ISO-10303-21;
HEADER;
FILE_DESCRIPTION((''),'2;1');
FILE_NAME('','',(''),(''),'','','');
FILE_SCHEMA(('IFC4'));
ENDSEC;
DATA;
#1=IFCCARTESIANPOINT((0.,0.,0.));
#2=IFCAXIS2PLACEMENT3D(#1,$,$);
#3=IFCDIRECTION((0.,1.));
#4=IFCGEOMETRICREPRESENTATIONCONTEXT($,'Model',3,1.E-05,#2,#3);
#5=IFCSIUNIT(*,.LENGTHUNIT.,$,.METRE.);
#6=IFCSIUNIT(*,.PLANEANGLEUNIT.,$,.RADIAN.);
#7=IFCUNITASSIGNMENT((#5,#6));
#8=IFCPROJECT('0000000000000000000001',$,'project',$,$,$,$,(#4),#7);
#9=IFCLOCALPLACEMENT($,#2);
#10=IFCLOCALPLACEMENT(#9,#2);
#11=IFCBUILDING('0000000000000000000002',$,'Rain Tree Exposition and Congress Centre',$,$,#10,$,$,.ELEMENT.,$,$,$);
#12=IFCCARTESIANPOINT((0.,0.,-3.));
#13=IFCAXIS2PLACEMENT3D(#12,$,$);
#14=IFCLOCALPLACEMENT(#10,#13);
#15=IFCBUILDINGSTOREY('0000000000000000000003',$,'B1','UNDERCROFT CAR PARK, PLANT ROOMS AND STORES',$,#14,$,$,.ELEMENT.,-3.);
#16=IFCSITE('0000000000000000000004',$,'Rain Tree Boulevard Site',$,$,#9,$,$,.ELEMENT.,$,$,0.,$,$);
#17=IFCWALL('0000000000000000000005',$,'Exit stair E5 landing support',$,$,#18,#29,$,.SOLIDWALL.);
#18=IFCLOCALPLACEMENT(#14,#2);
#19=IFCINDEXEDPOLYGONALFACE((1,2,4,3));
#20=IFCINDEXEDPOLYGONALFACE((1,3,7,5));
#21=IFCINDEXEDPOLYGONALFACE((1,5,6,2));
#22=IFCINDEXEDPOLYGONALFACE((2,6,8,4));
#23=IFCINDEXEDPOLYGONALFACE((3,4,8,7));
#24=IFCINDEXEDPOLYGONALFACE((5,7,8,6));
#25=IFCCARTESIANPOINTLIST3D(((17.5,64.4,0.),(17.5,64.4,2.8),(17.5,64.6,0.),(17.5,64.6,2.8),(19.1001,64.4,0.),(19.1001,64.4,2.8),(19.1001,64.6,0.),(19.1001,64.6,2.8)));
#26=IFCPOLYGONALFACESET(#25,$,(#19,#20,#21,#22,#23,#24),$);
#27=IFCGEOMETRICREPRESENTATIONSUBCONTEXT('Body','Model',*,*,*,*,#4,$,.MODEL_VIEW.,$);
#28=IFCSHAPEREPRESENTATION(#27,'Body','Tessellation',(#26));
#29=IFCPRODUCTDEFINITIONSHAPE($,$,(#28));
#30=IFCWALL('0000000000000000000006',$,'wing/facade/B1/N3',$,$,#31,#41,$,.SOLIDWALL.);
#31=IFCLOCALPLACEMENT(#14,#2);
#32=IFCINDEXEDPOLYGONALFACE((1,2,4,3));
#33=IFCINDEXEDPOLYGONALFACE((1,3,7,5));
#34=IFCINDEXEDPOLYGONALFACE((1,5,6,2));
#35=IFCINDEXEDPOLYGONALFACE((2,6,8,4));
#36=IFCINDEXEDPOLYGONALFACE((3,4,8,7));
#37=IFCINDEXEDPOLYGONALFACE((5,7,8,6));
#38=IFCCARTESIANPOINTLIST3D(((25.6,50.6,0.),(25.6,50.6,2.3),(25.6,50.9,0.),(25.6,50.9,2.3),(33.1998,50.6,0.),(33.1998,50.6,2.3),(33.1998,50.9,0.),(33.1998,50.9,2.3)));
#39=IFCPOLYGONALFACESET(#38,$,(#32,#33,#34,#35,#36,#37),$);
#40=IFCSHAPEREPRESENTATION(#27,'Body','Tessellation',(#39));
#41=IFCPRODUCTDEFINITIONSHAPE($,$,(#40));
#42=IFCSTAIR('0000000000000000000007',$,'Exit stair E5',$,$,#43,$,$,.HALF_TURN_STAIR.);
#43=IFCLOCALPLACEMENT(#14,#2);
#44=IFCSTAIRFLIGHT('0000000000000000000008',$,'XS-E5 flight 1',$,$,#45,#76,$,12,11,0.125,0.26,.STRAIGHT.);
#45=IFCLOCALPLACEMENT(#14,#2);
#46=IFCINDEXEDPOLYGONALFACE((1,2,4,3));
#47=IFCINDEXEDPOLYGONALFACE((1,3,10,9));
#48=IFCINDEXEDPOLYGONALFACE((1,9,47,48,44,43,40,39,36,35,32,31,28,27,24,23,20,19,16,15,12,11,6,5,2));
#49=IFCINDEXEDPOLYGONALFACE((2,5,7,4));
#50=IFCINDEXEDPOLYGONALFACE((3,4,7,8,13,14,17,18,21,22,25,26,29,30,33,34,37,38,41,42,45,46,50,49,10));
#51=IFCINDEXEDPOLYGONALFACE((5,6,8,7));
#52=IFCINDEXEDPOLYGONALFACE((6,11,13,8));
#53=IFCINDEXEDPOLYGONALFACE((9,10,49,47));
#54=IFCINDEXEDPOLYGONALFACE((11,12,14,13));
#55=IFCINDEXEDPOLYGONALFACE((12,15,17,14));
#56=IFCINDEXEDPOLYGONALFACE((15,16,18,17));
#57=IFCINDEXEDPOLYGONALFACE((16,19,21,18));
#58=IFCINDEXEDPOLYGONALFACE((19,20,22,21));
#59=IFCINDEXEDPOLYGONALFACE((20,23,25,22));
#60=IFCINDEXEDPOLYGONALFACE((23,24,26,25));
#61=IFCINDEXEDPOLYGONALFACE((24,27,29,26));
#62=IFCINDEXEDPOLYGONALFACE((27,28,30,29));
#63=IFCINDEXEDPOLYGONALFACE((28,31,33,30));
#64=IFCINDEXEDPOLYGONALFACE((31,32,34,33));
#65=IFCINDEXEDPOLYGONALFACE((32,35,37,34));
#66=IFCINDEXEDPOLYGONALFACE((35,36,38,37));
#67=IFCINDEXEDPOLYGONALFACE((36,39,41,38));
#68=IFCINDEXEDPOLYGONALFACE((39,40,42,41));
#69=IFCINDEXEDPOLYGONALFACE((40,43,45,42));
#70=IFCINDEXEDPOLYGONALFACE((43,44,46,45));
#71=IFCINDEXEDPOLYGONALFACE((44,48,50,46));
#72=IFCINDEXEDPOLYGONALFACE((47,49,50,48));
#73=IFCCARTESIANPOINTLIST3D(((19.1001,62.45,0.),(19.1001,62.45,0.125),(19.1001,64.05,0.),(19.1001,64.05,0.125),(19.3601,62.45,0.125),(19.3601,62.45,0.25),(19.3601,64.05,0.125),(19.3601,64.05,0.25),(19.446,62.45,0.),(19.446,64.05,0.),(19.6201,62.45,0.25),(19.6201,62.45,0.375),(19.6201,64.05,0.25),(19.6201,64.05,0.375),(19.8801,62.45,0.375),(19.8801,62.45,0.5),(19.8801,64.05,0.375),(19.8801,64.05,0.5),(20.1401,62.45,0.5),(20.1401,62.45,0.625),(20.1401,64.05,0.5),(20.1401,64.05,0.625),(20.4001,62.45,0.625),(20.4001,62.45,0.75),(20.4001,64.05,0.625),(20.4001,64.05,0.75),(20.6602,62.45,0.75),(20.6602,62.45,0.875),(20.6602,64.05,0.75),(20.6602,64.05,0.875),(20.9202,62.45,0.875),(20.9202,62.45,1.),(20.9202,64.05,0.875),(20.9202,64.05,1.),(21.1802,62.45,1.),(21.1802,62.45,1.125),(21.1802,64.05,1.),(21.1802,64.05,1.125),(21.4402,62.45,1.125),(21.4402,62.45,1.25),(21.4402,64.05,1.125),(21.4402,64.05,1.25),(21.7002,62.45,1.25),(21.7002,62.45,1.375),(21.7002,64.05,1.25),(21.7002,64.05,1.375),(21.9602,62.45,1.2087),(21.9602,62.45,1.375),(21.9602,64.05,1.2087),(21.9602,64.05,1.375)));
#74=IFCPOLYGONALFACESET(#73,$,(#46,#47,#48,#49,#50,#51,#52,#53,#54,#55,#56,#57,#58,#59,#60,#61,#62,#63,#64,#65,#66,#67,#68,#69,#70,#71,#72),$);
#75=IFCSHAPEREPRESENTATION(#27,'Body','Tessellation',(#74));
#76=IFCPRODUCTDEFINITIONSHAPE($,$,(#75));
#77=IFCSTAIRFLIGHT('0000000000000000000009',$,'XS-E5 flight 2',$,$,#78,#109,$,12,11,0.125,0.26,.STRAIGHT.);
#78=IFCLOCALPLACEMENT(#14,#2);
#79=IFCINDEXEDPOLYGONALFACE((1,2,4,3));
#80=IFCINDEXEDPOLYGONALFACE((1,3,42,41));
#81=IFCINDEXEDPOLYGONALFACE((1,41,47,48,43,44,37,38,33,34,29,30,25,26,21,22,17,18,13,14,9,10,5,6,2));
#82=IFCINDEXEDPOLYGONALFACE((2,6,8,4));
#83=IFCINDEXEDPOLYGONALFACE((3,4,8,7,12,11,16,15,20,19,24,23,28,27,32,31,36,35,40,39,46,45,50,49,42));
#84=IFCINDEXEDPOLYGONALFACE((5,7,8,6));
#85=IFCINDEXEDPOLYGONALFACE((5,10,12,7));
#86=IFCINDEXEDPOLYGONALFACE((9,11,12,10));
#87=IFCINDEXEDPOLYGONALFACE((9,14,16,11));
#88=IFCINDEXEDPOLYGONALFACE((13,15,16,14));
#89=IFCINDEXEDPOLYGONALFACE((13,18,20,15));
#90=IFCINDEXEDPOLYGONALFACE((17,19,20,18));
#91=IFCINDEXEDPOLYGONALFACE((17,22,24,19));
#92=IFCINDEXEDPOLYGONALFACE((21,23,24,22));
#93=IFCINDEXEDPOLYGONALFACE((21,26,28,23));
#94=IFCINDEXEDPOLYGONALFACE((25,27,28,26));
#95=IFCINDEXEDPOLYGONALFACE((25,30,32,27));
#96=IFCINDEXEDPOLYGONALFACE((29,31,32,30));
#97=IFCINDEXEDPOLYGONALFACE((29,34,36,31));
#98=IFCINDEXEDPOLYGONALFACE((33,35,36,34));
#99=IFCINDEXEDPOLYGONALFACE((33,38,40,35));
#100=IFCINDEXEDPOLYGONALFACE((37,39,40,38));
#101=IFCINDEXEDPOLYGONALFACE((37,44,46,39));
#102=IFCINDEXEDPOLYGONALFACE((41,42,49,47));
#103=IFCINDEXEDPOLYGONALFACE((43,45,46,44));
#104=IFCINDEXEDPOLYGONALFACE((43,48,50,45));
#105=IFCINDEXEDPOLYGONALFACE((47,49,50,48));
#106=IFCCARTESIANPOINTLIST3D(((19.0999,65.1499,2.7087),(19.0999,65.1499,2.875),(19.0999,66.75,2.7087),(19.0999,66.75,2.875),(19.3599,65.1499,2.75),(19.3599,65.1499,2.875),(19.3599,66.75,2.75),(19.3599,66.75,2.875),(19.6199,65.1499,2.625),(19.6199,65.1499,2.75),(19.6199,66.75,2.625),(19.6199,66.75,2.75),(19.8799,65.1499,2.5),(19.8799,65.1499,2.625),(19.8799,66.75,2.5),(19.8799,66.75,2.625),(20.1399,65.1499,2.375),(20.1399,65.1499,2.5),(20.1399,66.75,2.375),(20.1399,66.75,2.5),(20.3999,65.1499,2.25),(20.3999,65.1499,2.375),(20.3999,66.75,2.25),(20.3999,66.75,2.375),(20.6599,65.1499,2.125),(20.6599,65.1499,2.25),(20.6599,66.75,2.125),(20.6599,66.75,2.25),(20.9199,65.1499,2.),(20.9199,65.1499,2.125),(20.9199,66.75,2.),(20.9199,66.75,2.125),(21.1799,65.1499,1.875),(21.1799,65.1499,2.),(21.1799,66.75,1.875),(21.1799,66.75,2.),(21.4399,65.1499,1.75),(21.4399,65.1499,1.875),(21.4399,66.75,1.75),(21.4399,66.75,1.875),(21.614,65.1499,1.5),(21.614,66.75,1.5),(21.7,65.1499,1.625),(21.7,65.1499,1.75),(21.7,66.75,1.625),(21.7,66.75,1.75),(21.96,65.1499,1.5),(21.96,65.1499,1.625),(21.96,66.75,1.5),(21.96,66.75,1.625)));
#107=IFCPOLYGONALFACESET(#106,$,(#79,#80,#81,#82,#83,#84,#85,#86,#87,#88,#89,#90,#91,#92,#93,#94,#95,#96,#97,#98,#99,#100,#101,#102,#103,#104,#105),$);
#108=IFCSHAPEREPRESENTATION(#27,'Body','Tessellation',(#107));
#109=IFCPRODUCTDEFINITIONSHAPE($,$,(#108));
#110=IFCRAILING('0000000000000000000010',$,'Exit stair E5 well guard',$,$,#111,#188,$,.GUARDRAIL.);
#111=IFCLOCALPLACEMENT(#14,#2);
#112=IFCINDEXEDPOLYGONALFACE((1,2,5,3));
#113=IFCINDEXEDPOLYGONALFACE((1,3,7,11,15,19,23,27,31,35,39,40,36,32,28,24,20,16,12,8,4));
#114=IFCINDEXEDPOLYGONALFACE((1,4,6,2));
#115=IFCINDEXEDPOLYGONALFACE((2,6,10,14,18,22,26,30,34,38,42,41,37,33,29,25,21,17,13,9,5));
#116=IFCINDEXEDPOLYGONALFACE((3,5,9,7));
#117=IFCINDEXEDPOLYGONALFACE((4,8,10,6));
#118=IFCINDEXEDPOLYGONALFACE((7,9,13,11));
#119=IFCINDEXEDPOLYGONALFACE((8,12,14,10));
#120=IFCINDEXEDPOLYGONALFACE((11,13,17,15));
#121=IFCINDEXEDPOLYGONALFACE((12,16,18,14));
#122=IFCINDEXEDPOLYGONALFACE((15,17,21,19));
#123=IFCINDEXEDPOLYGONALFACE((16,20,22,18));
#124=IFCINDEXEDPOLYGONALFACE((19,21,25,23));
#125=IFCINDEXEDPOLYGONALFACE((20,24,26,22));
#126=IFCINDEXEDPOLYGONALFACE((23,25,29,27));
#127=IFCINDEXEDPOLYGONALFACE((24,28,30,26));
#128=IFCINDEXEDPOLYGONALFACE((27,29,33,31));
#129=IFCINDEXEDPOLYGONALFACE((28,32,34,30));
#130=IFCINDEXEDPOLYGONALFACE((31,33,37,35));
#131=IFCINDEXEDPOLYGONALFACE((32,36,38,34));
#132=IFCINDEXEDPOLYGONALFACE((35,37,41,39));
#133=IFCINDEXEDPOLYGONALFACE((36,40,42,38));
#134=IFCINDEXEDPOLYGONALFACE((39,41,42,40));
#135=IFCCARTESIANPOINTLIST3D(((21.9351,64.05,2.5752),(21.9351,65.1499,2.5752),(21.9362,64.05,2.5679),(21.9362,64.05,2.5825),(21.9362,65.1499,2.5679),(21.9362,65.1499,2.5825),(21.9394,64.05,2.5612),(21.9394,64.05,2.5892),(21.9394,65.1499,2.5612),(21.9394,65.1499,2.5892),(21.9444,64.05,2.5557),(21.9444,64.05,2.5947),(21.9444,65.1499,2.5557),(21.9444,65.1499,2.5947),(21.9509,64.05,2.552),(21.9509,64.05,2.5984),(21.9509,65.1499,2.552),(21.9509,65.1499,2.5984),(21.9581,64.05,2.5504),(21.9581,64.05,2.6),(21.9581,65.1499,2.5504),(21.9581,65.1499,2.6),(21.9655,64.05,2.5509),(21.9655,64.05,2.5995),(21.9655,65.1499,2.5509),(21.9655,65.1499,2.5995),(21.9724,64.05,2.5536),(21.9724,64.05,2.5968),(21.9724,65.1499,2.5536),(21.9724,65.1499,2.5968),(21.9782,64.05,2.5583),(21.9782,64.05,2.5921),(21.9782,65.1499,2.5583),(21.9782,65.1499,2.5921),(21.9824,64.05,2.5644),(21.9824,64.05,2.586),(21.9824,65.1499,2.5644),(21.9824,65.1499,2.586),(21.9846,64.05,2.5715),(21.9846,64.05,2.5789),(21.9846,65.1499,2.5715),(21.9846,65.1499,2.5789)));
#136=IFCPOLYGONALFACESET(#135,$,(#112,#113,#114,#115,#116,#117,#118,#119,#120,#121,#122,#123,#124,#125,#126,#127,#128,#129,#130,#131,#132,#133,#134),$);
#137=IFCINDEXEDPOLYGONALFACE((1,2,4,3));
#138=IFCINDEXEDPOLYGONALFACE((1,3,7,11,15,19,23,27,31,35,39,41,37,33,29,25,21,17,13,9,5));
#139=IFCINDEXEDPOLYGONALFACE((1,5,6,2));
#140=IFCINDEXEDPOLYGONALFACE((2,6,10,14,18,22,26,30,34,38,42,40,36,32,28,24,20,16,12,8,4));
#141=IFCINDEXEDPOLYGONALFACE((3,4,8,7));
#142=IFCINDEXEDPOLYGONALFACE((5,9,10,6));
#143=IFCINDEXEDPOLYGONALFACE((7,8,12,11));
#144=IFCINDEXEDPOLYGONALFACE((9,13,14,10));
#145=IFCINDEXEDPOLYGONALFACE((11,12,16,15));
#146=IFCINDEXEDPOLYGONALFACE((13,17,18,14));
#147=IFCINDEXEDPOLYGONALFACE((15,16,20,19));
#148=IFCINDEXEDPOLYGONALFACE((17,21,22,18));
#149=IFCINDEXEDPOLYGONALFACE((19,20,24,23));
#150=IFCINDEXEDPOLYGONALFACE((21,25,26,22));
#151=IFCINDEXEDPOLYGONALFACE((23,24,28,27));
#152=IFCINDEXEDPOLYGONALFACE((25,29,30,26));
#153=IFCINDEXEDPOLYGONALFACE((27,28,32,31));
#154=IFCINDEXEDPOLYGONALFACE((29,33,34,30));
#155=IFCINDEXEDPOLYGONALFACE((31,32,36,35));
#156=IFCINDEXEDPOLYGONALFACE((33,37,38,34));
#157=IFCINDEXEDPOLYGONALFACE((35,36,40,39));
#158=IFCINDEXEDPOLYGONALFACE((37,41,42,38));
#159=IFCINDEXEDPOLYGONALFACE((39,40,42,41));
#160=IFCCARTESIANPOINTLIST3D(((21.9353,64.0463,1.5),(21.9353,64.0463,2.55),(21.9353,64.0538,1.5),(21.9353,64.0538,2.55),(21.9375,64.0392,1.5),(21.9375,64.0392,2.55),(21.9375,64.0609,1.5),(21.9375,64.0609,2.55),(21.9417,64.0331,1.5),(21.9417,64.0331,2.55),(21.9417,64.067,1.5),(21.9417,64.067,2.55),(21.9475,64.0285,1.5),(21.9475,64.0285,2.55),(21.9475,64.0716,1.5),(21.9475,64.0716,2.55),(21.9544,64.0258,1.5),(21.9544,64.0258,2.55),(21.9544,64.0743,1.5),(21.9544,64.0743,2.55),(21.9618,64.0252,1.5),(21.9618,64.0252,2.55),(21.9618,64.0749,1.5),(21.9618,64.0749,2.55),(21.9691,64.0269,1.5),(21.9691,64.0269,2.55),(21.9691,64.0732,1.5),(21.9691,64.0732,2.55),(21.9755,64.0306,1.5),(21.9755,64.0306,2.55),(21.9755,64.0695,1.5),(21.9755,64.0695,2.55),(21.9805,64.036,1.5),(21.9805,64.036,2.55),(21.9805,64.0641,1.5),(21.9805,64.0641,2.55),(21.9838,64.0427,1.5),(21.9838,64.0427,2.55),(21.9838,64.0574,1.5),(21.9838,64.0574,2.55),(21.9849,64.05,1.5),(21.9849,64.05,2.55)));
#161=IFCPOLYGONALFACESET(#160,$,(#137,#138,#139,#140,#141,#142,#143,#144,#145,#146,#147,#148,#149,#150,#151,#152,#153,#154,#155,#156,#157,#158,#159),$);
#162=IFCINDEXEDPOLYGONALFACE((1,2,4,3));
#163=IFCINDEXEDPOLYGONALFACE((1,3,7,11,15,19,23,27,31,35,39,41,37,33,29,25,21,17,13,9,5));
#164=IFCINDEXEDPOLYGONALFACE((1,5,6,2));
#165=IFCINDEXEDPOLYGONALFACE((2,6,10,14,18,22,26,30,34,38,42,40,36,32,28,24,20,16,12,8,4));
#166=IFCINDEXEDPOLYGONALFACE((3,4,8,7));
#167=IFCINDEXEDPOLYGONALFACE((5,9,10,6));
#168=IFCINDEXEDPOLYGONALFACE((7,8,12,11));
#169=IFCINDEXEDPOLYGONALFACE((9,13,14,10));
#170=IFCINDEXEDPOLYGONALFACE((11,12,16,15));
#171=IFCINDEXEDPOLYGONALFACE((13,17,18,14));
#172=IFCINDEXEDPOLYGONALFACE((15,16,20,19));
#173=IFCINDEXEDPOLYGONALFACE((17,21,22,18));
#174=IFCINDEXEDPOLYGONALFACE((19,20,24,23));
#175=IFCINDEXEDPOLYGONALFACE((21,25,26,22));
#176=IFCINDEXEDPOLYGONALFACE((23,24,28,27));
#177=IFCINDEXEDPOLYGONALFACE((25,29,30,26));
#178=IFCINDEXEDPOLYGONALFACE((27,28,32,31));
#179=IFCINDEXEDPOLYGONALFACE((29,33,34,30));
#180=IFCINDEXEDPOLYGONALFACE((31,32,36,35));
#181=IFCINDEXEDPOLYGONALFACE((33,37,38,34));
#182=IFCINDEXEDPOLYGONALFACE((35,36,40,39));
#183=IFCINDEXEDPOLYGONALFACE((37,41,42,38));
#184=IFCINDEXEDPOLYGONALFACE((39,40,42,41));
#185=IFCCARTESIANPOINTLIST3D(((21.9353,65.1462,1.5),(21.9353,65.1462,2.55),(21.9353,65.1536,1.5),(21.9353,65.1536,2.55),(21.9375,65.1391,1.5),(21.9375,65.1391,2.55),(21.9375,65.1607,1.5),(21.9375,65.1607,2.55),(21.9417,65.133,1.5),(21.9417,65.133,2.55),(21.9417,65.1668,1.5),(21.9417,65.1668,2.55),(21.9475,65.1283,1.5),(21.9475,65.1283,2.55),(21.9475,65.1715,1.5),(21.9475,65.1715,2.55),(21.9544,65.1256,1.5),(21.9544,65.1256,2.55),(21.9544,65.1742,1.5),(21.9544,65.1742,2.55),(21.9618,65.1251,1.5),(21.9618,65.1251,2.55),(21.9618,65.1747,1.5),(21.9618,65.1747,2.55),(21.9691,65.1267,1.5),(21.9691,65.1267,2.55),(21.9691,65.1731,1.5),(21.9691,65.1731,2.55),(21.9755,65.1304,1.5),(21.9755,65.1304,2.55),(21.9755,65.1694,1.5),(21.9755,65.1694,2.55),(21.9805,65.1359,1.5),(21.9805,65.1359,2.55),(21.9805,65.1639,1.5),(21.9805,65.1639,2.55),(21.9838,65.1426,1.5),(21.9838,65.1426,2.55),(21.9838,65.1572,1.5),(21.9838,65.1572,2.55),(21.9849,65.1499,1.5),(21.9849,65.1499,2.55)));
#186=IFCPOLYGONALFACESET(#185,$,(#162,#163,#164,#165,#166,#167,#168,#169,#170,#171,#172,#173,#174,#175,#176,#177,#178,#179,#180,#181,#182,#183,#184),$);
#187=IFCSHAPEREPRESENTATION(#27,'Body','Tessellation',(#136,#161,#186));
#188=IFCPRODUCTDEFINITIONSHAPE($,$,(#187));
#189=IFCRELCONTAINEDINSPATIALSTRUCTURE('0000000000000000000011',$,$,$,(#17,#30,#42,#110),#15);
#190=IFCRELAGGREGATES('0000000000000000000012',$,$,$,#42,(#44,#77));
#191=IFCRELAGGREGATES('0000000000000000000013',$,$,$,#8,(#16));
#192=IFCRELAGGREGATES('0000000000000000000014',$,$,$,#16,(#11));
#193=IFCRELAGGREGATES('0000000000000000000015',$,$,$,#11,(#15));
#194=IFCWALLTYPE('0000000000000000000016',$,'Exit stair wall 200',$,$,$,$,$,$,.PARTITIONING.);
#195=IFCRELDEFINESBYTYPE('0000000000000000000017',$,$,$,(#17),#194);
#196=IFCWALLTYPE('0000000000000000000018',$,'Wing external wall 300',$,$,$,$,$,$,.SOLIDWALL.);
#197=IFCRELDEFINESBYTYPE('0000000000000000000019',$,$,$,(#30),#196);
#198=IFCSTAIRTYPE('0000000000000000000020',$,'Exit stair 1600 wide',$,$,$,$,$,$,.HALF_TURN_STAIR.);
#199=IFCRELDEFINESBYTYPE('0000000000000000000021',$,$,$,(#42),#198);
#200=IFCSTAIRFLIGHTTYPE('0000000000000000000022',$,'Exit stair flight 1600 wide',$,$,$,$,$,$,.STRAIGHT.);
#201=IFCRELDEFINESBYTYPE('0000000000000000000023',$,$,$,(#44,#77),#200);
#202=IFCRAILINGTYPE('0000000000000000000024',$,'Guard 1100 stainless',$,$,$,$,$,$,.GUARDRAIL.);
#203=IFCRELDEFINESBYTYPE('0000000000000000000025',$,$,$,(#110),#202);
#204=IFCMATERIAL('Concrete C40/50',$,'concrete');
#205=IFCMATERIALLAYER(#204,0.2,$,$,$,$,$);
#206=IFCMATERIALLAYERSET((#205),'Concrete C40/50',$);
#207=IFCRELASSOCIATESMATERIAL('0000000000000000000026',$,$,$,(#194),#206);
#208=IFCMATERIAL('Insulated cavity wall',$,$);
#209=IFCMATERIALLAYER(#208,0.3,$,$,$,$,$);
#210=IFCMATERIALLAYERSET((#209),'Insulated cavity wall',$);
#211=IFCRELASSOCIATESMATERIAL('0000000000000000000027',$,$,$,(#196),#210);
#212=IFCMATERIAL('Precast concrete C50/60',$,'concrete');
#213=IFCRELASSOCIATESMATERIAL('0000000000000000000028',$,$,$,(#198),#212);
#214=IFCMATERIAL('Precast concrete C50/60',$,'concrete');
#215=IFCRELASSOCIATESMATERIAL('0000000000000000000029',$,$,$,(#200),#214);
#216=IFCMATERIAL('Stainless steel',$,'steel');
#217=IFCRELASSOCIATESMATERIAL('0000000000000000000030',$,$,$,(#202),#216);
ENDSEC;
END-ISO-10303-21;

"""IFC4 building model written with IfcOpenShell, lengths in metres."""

from ifc_helpers import new_model, si_unit, direction, frame, frame_2d, origin, origin_2d, place, context, subcontext, project, spatial, polyline, rectangle, circle, outline, extrude, material, layer, layer_set, type_object, element, aggregate, save


model = new_model("IFC4")

# Units and contexts
model_context = context("Model", 3, precision=1e-05, world=origin(), true_north=direction((0.0, 1.0)))
body_context = subcontext(model_context, "Body", "Model", "MODEL_VIEW")
ifc_project = project(units=[si_unit("LENGTHUNIT", "METRE"), si_unit("PLANEANGLEUNIT", "RADIAN")], contexts=[model_context])

# Site, building, storey
site_placement = place(None, origin())
site = spatial("IfcSite", under=ifc_project, at=site_placement, Name="Rain Tree Boulevard Site", CompositionType="ELEMENT", RefElevation=0.0)
building_placement = place(site_placement, origin())
building = spatial("IfcBuilding", under=site, at=building_placement, Name="Rain Tree Exposition and Congress Centre", CompositionType="ELEMENT")
storey_placement = place(building_placement, frame((0.0, 0.0, -3.0)))
storey = spatial("IfcBuildingStorey", under=building, at=storey_placement, Name="B1", Description="UNDERCROFT CAR PARK, PLANT ROOMS AND STORES", CompositionType="ELEMENT", Elevation=-3.0)

# Shared definitions
ifc_material_1 = material(Name="Concrete C40/50", Category="concrete")
ifc_layer_1 = layer(ifc_material_1, 0.2)
ifc_layer_set_1 = layer_set([ifc_layer_1], Name="Concrete C40/50")
wall_type_1 = type_object("IfcWallType", Name="Exit stair wall 200", PredefinedType="PARTITIONING", material=ifc_layer_set_1)

# Walls
wall_1_placement = place(storey_placement, frame((17.5, 64.5, 0.0), z_axis=(0.0, 0.0, 1.0), x_axis=(1.0, 0.0, 0.0)))
element("IfcWall", 1, at=wall_1_placement, inside=storey, type_object=wall_type_1, Name="Exit stair E5 landing support", PredefinedType="SOLIDWALL", context=body_context, shape_type="SweptSolid", body=[
    extrude(rectangle(XDim=1.6001, YDim=0.2, at=frame_2d((0.8, 0.0))), origin(), (0.0, 0.0, 1.0), 2.8),
])
ifc_material_2 = material(Name="Insulated cavity wall")
ifc_layer_2 = layer(ifc_material_2, 0.3)
ifc_layer_set_2 = layer_set([ifc_layer_2], Name="Insulated cavity wall")
wall_type_2 = type_object("IfcWallType", Name="Wing external wall 300", PredefinedType="SOLIDWALL", material=ifc_layer_set_2)
wall_2_placement = place(storey_placement, frame((25.6001, 50.75, 0.0), z_axis=(0.0, 0.0, 1.0), x_axis=(1.0, 0.0, 0.0)))
element("IfcWall", 2, at=wall_2_placement, inside=storey, type_object=wall_type_2, Name="wing/facade/B1/N3", PredefinedType="SOLIDWALL", context=body_context, shape_type="SweptSolid", body=[
    extrude(rectangle(XDim=7.5999, YDim=0.3, at=frame_2d((3.7998, 0.0))), origin(), (0.0, 0.0, 1.0), 2.3),
])

# Stair, stair flights
ifc_material_3 = material(Name="Precast concrete C50/60", Category="concrete")
stair_type = type_object("IfcStairType", Name="Exit stair 1600 wide", PredefinedType="HALF_TURN_STAIR", material=ifc_material_3)
stair_placement = place(storey_placement, origin())
stair = element("IfcStair", 3, at=stair_placement, inside=storey, type_object=stair_type, Name="Exit stair E5", PredefinedType="HALF_TURN_STAIR")
ifc_material_4 = material(Name="Precast concrete C50/60", Category="concrete")
stair_flight_type = type_object("IfcStairFlightType", Name="Exit stair flight 1600 wide", PredefinedType="STRAIGHT", material=ifc_material_4)
stair_flight_1_placement = place(storey_placement, frame((19.1001, 63.25, 0.0), z_axis=(0.0, 0.0, 1.0), x_axis=(1.0, 0.0, 0.0)))
stair_flight_1 = element("IfcStairFlight", 4, at=stair_flight_1_placement, type_object=stair_flight_type, Name="XS-E5 flight 1", NumberOfRisers=12, NumberOfTreads=11, PredefinedType="STRAIGHT", RiserHeight=0.125, TreadLength=0.26, context=body_context, shape_type="SweptSolid", body=[
    extrude(outline(polyline([(0.0, 0.0), (0.0, 0.125), (0.26, 0.125), (0.26, 0.25), (0.52, 0.25), (0.52, 0.375), (0.78, 0.375), (0.78, 0.5), (1.04, 0.5), (1.04, 0.625), (1.3, 0.625), (1.3, 0.75), (1.5601, 0.75), (1.5601, 0.875), (1.8201, 0.875), (1.8201, 1.0), (2.0801, 1.0), (2.0801, 1.125), (2.3401, 1.125), (2.3401, 1.25), (2.6001, 1.25), (2.6001, 1.375), (2.8601, 1.375), (2.8601, 1.5), (2.8601, 1.2087), (0.3459, 0.0), (0.0, 0.0)])), frame((0.0, 0.8, 0.0), z_axis=(0.0, -1.0, 0.0), x_axis=(1.0, 0.0, 0.0)), (0.0, 0.0, 1.0), 1.6001),
])
stair_flight_2_placement = place(storey_placement, frame((21.96, 65.95, 1.5), z_axis=(0.0, 0.0, 1.0), x_axis=(-1.0, 0.0, 0.0)))
stair_flight_2 = element("IfcStairFlight", 5, at=stair_flight_2_placement, type_object=stair_flight_type, Name="XS-E5 flight 2", NumberOfRisers=12, NumberOfTreads=11, PredefinedType="STRAIGHT", RiserHeight=0.125, TreadLength=0.26, context=body_context, shape_type="SweptSolid", body=[
    extrude(outline(polyline([(0.0, 0.0), (0.0, 0.125), (0.26, 0.125), (0.26, 0.25), (0.52, 0.25), (0.52, 0.375), (0.78, 0.375), (0.78, 0.5), (1.04, 0.5), (1.04, 0.625), (1.3, 0.625), (1.3, 0.75), (1.5601, 0.75), (1.5601, 0.875), (1.8201, 0.875), (1.8201, 1.0), (2.0801, 1.0), (2.0801, 1.125), (2.3401, 1.125), (2.3401, 1.25), (2.6001, 1.25), (2.6001, 1.375), (2.8601, 1.375), (2.8601, 1.5), (2.8601, 1.2087), (0.3459, 0.0), (0.0, 0.0)])), frame((0.0, 0.8, 0.0), z_axis=(0.0, -1.0, 0.0), x_axis=(1.0, 0.0, 0.0)), (0.0, 0.0, 1.0), 1.6001),
])
aggregate(stair, [stair_flight_1, stair_flight_2])

# Railing
ifc_material_5 = material(Name="Stainless steel", Category="steel")
railing_type = type_object("IfcRailingType", Name="Guard 1100 stainless", PredefinedType="GUARDRAIL", material=ifc_material_5)
railing_placement = place(storey_placement, frame((21.96, 64.05, 1.5)))
element("IfcRailing", 6, at=railing_placement, inside=storey, type_object=railing_type, Name="Exit stair E5 well guard", PredefinedType="GUARDRAIL", context=body_context, shape_type="SweptSolid", body=[
    extrude(circle(Radius=0.0249, at=origin_2d()), frame((0.0, 0.0, 1.0752), z_axis=(0.0, 1.0, 0.0), x_axis=(-1.0, 0.0, 0.0)), (0.0, 0.0, 1.0), 1.0999),
    extrude(circle(Radius=0.0249, at=origin_2d()), origin(), (0.0, 0.0, 1.0), 1.05),
    extrude(circle(Radius=0.0249, at=origin_2d()), frame((0.0, 1.0999, 0.0)), (0.0, 0.0, 1.0), 1.05),
])

save(model, "model.ifc")
